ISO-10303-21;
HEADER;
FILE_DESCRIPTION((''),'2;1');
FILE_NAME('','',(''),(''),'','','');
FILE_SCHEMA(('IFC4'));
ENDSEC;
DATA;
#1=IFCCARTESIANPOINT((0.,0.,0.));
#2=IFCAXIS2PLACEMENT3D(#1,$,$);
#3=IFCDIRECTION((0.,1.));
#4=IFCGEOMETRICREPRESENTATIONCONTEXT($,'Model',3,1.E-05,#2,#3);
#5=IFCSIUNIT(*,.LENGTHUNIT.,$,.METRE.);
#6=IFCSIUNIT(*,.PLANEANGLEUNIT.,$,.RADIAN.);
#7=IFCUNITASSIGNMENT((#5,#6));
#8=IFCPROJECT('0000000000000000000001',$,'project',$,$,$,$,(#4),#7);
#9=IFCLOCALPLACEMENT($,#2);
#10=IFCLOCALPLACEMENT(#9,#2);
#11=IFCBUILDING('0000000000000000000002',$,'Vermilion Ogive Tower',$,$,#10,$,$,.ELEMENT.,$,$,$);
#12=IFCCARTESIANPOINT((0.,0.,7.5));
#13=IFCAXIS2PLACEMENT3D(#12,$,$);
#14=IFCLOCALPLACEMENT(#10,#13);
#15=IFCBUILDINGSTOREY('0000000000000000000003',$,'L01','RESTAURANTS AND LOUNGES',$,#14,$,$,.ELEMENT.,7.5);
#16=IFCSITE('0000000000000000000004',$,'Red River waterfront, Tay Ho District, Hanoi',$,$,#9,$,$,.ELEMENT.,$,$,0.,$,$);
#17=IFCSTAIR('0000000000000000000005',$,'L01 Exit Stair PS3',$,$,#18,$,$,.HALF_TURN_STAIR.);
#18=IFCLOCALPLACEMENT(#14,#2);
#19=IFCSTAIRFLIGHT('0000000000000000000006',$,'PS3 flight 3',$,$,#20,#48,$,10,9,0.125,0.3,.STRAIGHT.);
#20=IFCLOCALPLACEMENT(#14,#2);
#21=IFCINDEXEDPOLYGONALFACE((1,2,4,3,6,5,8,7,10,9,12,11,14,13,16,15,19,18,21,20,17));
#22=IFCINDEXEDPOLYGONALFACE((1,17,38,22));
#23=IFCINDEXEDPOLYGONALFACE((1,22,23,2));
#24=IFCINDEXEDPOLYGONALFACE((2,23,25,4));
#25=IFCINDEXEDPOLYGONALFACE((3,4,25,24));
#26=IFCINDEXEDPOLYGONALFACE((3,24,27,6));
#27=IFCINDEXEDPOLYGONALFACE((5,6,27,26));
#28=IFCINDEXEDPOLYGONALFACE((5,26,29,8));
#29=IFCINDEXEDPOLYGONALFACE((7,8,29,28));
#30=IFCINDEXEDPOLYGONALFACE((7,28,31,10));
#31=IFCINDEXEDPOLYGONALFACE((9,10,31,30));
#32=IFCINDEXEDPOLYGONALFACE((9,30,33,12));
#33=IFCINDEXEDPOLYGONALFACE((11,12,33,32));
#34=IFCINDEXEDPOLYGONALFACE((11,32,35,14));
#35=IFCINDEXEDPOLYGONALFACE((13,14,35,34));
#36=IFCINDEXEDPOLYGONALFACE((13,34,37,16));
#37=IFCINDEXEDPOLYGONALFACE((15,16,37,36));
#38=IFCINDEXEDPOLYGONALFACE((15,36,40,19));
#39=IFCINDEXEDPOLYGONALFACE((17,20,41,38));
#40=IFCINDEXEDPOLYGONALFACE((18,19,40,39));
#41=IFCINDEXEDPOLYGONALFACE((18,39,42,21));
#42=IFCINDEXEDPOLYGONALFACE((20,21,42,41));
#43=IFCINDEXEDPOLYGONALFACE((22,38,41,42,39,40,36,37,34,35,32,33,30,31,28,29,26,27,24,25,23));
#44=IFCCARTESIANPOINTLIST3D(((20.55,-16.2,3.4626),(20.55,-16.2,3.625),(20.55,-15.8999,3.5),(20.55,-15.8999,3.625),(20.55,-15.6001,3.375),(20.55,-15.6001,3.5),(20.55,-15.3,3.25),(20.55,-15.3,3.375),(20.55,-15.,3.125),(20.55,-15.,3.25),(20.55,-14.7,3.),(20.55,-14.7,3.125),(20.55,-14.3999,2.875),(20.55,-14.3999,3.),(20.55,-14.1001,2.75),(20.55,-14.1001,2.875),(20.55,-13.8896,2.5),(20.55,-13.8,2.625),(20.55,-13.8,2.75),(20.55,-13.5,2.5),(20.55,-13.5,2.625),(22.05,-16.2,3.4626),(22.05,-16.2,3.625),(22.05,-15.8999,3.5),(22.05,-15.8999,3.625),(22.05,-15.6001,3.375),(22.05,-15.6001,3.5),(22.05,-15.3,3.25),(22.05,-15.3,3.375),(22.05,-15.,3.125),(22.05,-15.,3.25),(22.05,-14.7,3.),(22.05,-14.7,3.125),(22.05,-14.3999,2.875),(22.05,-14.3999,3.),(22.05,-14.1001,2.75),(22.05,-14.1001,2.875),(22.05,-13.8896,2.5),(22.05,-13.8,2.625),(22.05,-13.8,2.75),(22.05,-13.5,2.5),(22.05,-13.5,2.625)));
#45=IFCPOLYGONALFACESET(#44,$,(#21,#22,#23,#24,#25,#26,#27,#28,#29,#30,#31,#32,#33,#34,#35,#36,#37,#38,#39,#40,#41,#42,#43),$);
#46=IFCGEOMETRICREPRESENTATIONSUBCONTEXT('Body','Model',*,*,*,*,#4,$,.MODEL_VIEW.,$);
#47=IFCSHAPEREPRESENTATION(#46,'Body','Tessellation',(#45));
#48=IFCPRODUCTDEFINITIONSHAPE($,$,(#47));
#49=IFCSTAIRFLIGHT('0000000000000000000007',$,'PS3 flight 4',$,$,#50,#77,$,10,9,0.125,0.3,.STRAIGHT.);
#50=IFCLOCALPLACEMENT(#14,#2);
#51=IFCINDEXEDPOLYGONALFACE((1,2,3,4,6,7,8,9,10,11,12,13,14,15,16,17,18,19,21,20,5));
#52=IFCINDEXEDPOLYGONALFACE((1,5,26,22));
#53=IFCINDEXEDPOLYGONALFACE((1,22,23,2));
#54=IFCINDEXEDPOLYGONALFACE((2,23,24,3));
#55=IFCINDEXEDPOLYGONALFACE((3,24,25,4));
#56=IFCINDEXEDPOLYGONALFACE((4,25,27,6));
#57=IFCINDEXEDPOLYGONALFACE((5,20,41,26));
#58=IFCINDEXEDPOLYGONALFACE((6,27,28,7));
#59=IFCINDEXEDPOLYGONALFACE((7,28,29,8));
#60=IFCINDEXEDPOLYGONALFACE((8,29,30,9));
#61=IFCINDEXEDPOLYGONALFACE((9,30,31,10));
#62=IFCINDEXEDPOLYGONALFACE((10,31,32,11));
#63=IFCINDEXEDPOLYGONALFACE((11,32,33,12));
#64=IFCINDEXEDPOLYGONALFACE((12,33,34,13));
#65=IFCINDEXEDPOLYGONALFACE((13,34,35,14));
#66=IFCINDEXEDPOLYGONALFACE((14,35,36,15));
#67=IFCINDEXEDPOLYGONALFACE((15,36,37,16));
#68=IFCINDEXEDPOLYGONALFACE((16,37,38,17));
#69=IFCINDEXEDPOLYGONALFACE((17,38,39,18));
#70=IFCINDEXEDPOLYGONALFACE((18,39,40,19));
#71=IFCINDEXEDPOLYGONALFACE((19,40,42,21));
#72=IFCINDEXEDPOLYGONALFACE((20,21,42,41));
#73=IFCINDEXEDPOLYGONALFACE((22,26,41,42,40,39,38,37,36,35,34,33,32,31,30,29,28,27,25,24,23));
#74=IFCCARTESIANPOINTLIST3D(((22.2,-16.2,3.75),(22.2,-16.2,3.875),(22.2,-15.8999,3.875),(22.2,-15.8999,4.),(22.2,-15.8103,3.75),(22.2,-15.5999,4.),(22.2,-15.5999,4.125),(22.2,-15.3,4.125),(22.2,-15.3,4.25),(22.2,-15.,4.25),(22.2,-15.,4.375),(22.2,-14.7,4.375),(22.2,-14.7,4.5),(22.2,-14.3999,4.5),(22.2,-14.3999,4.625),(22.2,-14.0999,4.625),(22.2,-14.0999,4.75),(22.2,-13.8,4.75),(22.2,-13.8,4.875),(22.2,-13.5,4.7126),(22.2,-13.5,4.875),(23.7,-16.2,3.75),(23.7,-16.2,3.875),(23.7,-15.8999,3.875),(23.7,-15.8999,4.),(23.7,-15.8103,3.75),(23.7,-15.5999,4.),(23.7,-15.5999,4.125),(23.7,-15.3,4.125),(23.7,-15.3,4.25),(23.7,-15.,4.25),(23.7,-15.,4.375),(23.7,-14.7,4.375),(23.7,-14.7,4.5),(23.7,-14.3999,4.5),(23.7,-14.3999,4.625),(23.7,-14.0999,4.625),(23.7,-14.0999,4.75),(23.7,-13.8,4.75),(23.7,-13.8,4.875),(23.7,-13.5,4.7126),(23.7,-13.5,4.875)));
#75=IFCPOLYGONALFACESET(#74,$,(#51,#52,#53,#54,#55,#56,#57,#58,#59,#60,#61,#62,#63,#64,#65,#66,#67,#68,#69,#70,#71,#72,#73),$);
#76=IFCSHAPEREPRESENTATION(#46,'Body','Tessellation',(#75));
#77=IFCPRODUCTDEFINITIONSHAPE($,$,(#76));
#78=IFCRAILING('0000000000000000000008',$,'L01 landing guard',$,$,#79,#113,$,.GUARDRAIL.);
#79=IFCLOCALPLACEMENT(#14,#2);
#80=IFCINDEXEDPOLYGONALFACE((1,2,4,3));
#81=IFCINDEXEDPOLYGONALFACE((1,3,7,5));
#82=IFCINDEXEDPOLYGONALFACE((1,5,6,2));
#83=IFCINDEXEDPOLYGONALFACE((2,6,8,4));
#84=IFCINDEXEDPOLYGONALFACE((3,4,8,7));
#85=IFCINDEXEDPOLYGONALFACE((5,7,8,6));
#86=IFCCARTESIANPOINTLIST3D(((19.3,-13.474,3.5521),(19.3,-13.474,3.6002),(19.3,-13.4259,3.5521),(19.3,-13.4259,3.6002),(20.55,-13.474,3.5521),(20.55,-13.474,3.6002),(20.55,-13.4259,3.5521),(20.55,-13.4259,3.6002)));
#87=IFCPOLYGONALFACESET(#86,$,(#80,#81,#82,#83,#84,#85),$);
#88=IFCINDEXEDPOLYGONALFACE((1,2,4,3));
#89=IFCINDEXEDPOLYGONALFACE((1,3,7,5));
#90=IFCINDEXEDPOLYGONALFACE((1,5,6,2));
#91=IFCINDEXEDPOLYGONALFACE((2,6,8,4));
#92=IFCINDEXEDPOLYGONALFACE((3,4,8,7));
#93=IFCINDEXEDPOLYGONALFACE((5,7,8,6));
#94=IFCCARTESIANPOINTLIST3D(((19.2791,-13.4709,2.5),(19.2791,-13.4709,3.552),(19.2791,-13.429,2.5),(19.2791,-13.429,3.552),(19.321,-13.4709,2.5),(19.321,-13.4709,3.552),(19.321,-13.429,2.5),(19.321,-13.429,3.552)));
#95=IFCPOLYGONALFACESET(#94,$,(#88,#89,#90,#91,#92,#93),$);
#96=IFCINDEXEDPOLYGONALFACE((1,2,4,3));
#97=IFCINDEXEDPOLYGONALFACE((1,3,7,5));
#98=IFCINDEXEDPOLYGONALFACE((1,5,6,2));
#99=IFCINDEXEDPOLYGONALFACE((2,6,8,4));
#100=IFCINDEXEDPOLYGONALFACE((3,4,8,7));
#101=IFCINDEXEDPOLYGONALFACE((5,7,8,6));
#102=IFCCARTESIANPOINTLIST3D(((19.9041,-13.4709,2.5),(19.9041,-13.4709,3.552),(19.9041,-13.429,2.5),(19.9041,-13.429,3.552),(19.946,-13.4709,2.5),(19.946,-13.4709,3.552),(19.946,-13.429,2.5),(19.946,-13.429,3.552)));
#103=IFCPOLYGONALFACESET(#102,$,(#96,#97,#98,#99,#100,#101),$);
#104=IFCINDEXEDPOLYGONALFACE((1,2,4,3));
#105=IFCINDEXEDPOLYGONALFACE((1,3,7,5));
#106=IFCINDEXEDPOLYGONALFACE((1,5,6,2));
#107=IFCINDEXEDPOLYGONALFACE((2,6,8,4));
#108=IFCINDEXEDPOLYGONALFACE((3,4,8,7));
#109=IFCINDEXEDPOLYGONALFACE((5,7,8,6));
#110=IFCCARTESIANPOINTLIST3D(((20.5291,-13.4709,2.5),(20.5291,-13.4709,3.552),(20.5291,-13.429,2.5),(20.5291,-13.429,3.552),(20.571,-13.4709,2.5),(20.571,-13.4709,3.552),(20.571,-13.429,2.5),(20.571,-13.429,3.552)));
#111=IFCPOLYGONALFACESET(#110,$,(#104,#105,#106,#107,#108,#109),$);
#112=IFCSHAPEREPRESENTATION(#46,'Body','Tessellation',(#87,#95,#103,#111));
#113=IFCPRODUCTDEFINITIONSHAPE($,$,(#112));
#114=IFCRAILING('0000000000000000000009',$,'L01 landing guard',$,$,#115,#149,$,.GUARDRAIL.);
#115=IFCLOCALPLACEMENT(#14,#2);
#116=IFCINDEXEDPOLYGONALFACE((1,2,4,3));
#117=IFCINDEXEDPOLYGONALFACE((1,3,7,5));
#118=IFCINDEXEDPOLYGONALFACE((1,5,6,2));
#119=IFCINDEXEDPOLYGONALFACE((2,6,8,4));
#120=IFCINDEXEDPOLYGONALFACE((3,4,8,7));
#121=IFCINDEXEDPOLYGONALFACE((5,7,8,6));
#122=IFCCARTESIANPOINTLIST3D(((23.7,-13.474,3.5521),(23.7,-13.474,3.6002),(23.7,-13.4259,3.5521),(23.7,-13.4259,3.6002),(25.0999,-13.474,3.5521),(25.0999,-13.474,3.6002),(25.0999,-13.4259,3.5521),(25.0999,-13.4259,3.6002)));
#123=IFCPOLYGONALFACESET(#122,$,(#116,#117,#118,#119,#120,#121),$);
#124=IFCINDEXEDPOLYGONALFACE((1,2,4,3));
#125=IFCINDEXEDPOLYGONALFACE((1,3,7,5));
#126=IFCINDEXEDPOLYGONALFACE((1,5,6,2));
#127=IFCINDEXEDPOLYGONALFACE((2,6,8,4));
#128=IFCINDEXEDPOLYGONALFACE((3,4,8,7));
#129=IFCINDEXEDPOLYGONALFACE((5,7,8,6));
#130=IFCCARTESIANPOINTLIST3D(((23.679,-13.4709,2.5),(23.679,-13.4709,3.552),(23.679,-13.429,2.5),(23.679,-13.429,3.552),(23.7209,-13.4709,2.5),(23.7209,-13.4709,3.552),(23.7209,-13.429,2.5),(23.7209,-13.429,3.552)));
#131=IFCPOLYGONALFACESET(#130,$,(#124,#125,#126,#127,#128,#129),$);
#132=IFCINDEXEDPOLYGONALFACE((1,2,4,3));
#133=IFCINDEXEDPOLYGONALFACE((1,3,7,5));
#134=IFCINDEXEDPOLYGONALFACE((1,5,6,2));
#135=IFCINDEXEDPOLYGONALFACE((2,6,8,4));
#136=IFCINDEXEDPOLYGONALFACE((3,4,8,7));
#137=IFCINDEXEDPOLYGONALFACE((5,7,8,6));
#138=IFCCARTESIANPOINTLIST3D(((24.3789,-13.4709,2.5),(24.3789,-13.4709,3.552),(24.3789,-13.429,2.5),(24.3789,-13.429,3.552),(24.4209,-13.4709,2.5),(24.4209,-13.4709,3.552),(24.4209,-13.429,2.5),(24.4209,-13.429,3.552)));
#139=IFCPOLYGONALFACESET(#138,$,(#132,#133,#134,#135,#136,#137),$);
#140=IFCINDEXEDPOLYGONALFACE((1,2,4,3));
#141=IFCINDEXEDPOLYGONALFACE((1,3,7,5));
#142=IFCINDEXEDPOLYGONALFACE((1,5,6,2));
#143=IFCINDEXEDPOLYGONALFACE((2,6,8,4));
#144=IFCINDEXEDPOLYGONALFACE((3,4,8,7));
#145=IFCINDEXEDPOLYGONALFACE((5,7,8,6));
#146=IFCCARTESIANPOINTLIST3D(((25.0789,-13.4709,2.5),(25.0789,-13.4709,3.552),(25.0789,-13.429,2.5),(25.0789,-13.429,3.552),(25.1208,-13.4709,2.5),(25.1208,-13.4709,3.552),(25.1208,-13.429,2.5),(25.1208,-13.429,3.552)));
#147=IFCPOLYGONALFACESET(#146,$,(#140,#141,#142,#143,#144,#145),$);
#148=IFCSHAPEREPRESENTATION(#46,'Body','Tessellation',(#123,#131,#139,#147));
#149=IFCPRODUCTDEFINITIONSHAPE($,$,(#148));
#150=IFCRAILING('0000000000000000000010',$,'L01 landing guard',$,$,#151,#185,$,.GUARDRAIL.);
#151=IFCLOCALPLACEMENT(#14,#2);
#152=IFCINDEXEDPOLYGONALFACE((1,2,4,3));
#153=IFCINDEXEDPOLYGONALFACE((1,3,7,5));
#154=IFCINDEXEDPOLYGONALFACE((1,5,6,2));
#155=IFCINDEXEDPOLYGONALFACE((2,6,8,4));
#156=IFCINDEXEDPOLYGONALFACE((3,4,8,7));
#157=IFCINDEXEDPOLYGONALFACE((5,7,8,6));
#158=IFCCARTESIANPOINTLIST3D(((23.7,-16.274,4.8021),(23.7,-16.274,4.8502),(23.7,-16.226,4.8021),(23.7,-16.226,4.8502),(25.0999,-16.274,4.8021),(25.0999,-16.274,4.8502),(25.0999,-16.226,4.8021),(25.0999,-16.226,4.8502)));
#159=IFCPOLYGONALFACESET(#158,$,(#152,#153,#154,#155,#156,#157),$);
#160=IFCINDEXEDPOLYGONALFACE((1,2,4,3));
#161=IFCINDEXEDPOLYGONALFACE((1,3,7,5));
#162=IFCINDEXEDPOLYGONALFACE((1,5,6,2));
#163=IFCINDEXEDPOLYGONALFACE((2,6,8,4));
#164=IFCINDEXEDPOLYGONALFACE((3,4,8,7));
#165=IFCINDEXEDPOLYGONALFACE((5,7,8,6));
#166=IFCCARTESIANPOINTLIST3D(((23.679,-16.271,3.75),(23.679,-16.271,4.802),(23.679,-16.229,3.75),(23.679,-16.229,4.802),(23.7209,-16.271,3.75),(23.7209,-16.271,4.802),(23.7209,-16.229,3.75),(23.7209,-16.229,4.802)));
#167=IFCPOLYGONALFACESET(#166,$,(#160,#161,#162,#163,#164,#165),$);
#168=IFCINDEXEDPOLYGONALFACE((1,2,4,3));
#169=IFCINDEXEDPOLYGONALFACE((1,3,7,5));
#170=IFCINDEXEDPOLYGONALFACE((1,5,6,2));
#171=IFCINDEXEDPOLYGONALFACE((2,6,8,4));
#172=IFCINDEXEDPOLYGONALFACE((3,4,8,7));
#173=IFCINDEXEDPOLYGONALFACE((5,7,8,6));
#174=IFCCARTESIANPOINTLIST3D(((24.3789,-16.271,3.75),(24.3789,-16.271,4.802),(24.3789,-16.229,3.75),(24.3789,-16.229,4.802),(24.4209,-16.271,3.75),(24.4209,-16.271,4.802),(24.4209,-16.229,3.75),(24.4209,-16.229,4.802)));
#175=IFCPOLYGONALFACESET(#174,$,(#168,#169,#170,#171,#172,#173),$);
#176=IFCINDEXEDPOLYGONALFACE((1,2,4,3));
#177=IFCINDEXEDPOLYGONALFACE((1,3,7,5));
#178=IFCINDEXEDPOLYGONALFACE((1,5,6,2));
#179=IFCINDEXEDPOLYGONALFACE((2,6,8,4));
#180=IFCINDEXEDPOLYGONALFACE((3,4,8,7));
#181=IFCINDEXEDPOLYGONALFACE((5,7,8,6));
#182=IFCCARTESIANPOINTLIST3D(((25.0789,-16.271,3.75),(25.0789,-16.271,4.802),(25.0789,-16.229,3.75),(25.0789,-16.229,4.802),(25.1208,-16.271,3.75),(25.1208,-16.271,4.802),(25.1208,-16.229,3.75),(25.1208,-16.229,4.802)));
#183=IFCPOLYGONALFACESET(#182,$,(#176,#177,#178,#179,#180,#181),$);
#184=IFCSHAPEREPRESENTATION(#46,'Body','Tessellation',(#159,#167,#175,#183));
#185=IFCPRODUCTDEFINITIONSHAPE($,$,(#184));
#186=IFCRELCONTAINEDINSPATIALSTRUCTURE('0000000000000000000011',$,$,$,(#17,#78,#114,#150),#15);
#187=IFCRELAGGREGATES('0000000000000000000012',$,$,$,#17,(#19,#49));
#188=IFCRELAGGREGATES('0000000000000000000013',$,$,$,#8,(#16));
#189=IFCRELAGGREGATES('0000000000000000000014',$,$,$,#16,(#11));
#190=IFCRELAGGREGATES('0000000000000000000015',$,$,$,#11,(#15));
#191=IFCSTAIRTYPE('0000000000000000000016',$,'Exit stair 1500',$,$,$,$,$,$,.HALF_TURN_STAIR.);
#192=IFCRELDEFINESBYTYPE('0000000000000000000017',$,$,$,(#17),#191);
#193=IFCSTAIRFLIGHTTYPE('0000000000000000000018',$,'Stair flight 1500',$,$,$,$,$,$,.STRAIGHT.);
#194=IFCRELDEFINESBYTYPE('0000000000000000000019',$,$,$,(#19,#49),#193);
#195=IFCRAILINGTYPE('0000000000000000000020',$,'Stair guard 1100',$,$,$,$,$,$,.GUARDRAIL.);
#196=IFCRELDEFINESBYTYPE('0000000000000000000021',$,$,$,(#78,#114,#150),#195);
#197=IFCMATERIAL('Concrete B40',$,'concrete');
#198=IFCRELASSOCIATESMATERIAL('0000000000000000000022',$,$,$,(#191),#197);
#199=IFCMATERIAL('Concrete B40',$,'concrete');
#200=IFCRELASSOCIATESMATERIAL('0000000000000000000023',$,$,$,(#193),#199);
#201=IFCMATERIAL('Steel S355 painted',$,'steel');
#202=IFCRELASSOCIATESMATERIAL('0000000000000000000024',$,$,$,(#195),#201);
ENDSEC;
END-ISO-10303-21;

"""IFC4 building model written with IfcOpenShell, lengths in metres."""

from ifc_helpers import new_model, si_unit, direction, frame, origin, origin_2d, place, context, subcontext, project, spatial, polyline, rectangle, outline, extrude, material, type_object, element, aggregate, save


model = new_model("IFC4")

# Units and contexts
model_context = context("Model", 3, precision=1e-05, world=origin(), true_north=direction((0.0, 1.0)))
body_context = subcontext(model_context, "Body", "Model", "MODEL_VIEW")
ifc_project = project(units=[si_unit("LENGTHUNIT", "METRE"), si_unit("PLANEANGLEUNIT", "RADIAN")], contexts=[model_context])

# Site, building, storey
site_placement = place(None, origin())
site = spatial("IfcSite", under=ifc_project, at=site_placement, Name="Red River waterfront, Tay Ho District, Hanoi", CompositionType="ELEMENT", RefElevation=0.0)
building_placement = place(site_placement, origin())
building = spatial("IfcBuilding", under=site, at=building_placement, Name="Vermilion Ogive Tower", CompositionType="ELEMENT")
storey_placement = place(building_placement, frame((0.0, 0.0, 7.5)))
storey = spatial("IfcBuildingStorey", under=building, at=storey_placement, Name="L01", Description="RESTAURANTS AND LOUNGES", CompositionType="ELEMENT", Elevation=7.5)

# Stair, stair flights
ifc_material_1 = material(Name="Concrete B40", Category="concrete")
stair_type = type_object("IfcStairType", Name="Exit stair 1500", PredefinedType="HALF_TURN_STAIR", material=ifc_material_1)
stair_placement = place(storey_placement, origin())
stair = element("IfcStair", 1, at=stair_placement, inside=storey, type_object=stair_type, Name="L01 Exit Stair PS3", PredefinedType="HALF_TURN_STAIR")
ifc_material_2 = material(Name="Concrete B40", Category="concrete")
stair_flight_type = type_object("IfcStairFlightType", Name="Stair flight 1500", PredefinedType="STRAIGHT", material=ifc_material_2)
stair_flight_1_placement = place(storey_placement, frame((21.3, -13.5, 2.5), z_axis=(0.0, 0.0, 1.0), x_axis=(0.0, -1.0, 0.0)))
stair_flight_1 = element("IfcStairFlight", 2, at=stair_flight_1_placement, type_object=stair_flight_type, Name="PS3 flight 3", NumberOfRisers=10, NumberOfTreads=9, PredefinedType="STRAIGHT", RiserHeight=0.125, TreadLength=0.3, context=body_context, shape_type="SweptSolid", body=[
    extrude(outline(polyline([(0.0, 0.0), (0.0, 0.125), (0.3, 0.125), (0.3, 0.25), (0.6001, 0.25), (0.6001, 0.375), (0.8999, 0.375), (0.8999, 0.5), (1.2, 0.5), (1.2, 0.625), (1.5, 0.625), (1.5, 0.75), (1.8, 0.75), (1.8, 0.875), (2.1001, 0.875), (2.1001, 1.0), (2.3999, 1.0), (2.3999, 1.125), (2.7, 1.125), (2.7, 1.25), (2.7, 0.9626), (0.3896, 0.0), (0.0, 0.0)])), frame((0.0, 0.75, 0.0), z_axis=(0.0, -1.0, 0.0), x_axis=(1.0, 0.0, 0.0)), (0.0, 0.0, 1.0), 1.5),
])
stair_flight_2_placement = place(storey_placement, frame((22.95, -16.2, 3.75), z_axis=(0.0, 0.0, 1.0), x_axis=(0.0, 1.0, 0.0)))
stair_flight_2 = element("IfcStairFlight", 3, at=stair_flight_2_placement, type_object=stair_flight_type, Name="PS3 flight 4", NumberOfRisers=10, NumberOfTreads=9, PredefinedType="STRAIGHT", RiserHeight=0.125, TreadLength=0.3, context=body_context, shape_type="SweptSolid", body=[
    extrude(outline(polyline([(0.0, 0.0), (0.0, 0.125), (0.3, 0.125), (0.3, 0.25), (0.6001, 0.25), (0.6001, 0.375), (0.8999, 0.375), (0.8999, 0.5), (1.2, 0.5), (1.2, 0.625), (1.5, 0.625), (1.5, 0.75), (1.8, 0.75), (1.8, 0.875), (2.1001, 0.875), (2.1001, 1.0), (2.3999, 1.0), (2.3999, 1.125), (2.7, 1.125), (2.7, 1.25), (2.7, 0.9626), (0.3896, 0.0), (0.0, 0.0)])), frame((0.0, 0.75, 0.0), z_axis=(0.0, -1.0, 0.0), x_axis=(1.0, 0.0, 0.0)), (0.0, 0.0, 1.0), 1.5),
])
aggregate(stair, [stair_flight_1, stair_flight_2])

# Railings
ifc_material_3 = material(Name="Steel S355 painted", Category="steel")
railing_type_1 = type_object("IfcRailingType", Name="Stair guard 1100", PredefinedType="GUARDRAIL", material=ifc_material_3)
railing_1_placement = place(storey_placement, frame((19.3, -13.45, 2.5)))
element("IfcRailing", 4, at=railing_1_placement, inside=storey, type_object=railing_type_1, Name="L01 landing guard", PredefinedType="GUARDRAIL", context=body_context, shape_type="SweptSolid", body=[
    extrude(rectangle(XDim=0.0481, YDim=0.0481, at=origin_2d()), frame((0.0, 0.0, 1.0762), z_axis=(1.0, 0.0, 0.0), x_axis=(0.0, 1.0, 0.0)), (0.0, 0.0, 1.0), 1.25),
    extrude(rectangle(XDim=0.042, YDim=0.042, at=origin_2d()), origin(), (0.0, 0.0, 1.0), 1.052),
    extrude(rectangle(XDim=0.042, YDim=0.042, at=origin_2d()), frame((0.625, 0.0, 0.0)), (0.0, 0.0, 1.0), 1.052),
    extrude(rectangle(XDim=0.042, YDim=0.042, at=origin_2d()), frame((1.25, 0.0, 0.0)), (0.0, 0.0, 1.0), 1.052),
])
for number, where, name in (
    (5, (23.7, -13.45, 2.5), "L01 landing guard"),
    (6, (23.7, -16.25, 3.75), "L01 landing guard"),
):
    element("IfcRailing", number, at=place(storey_placement, frame(where)), inside=storey, type_object=railing_type_1, Name=name, PredefinedType="GUARDRAIL", context=body_context, shape_type="SweptSolid", body=[
        extrude(rectangle(XDim=0.0481, YDim=0.0481, at=origin_2d()), frame((0.0, 0.0, 1.0762), z_axis=(1.0, 0.0, 0.0), x_axis=(0.0, 1.0, 0.0)), (0.0, 0.0, 1.0), 1.3999),
        extrude(rectangle(XDim=0.042, YDim=0.042, at=origin_2d()), origin(), (0.0, 0.0, 1.0), 1.052),
        extrude(rectangle(XDim=0.042, YDim=0.042, at=origin_2d()), frame((0.7, 0.0, 0.0)), (0.0, 0.0, 1.0), 1.052),
        extrude(rectangle(XDim=0.042, YDim=0.042, at=origin_2d()), frame((1.3999, 0.0, 0.0)), (0.0, 0.0, 1.0), 1.052),
    ])

save(model, "model.ifc")
